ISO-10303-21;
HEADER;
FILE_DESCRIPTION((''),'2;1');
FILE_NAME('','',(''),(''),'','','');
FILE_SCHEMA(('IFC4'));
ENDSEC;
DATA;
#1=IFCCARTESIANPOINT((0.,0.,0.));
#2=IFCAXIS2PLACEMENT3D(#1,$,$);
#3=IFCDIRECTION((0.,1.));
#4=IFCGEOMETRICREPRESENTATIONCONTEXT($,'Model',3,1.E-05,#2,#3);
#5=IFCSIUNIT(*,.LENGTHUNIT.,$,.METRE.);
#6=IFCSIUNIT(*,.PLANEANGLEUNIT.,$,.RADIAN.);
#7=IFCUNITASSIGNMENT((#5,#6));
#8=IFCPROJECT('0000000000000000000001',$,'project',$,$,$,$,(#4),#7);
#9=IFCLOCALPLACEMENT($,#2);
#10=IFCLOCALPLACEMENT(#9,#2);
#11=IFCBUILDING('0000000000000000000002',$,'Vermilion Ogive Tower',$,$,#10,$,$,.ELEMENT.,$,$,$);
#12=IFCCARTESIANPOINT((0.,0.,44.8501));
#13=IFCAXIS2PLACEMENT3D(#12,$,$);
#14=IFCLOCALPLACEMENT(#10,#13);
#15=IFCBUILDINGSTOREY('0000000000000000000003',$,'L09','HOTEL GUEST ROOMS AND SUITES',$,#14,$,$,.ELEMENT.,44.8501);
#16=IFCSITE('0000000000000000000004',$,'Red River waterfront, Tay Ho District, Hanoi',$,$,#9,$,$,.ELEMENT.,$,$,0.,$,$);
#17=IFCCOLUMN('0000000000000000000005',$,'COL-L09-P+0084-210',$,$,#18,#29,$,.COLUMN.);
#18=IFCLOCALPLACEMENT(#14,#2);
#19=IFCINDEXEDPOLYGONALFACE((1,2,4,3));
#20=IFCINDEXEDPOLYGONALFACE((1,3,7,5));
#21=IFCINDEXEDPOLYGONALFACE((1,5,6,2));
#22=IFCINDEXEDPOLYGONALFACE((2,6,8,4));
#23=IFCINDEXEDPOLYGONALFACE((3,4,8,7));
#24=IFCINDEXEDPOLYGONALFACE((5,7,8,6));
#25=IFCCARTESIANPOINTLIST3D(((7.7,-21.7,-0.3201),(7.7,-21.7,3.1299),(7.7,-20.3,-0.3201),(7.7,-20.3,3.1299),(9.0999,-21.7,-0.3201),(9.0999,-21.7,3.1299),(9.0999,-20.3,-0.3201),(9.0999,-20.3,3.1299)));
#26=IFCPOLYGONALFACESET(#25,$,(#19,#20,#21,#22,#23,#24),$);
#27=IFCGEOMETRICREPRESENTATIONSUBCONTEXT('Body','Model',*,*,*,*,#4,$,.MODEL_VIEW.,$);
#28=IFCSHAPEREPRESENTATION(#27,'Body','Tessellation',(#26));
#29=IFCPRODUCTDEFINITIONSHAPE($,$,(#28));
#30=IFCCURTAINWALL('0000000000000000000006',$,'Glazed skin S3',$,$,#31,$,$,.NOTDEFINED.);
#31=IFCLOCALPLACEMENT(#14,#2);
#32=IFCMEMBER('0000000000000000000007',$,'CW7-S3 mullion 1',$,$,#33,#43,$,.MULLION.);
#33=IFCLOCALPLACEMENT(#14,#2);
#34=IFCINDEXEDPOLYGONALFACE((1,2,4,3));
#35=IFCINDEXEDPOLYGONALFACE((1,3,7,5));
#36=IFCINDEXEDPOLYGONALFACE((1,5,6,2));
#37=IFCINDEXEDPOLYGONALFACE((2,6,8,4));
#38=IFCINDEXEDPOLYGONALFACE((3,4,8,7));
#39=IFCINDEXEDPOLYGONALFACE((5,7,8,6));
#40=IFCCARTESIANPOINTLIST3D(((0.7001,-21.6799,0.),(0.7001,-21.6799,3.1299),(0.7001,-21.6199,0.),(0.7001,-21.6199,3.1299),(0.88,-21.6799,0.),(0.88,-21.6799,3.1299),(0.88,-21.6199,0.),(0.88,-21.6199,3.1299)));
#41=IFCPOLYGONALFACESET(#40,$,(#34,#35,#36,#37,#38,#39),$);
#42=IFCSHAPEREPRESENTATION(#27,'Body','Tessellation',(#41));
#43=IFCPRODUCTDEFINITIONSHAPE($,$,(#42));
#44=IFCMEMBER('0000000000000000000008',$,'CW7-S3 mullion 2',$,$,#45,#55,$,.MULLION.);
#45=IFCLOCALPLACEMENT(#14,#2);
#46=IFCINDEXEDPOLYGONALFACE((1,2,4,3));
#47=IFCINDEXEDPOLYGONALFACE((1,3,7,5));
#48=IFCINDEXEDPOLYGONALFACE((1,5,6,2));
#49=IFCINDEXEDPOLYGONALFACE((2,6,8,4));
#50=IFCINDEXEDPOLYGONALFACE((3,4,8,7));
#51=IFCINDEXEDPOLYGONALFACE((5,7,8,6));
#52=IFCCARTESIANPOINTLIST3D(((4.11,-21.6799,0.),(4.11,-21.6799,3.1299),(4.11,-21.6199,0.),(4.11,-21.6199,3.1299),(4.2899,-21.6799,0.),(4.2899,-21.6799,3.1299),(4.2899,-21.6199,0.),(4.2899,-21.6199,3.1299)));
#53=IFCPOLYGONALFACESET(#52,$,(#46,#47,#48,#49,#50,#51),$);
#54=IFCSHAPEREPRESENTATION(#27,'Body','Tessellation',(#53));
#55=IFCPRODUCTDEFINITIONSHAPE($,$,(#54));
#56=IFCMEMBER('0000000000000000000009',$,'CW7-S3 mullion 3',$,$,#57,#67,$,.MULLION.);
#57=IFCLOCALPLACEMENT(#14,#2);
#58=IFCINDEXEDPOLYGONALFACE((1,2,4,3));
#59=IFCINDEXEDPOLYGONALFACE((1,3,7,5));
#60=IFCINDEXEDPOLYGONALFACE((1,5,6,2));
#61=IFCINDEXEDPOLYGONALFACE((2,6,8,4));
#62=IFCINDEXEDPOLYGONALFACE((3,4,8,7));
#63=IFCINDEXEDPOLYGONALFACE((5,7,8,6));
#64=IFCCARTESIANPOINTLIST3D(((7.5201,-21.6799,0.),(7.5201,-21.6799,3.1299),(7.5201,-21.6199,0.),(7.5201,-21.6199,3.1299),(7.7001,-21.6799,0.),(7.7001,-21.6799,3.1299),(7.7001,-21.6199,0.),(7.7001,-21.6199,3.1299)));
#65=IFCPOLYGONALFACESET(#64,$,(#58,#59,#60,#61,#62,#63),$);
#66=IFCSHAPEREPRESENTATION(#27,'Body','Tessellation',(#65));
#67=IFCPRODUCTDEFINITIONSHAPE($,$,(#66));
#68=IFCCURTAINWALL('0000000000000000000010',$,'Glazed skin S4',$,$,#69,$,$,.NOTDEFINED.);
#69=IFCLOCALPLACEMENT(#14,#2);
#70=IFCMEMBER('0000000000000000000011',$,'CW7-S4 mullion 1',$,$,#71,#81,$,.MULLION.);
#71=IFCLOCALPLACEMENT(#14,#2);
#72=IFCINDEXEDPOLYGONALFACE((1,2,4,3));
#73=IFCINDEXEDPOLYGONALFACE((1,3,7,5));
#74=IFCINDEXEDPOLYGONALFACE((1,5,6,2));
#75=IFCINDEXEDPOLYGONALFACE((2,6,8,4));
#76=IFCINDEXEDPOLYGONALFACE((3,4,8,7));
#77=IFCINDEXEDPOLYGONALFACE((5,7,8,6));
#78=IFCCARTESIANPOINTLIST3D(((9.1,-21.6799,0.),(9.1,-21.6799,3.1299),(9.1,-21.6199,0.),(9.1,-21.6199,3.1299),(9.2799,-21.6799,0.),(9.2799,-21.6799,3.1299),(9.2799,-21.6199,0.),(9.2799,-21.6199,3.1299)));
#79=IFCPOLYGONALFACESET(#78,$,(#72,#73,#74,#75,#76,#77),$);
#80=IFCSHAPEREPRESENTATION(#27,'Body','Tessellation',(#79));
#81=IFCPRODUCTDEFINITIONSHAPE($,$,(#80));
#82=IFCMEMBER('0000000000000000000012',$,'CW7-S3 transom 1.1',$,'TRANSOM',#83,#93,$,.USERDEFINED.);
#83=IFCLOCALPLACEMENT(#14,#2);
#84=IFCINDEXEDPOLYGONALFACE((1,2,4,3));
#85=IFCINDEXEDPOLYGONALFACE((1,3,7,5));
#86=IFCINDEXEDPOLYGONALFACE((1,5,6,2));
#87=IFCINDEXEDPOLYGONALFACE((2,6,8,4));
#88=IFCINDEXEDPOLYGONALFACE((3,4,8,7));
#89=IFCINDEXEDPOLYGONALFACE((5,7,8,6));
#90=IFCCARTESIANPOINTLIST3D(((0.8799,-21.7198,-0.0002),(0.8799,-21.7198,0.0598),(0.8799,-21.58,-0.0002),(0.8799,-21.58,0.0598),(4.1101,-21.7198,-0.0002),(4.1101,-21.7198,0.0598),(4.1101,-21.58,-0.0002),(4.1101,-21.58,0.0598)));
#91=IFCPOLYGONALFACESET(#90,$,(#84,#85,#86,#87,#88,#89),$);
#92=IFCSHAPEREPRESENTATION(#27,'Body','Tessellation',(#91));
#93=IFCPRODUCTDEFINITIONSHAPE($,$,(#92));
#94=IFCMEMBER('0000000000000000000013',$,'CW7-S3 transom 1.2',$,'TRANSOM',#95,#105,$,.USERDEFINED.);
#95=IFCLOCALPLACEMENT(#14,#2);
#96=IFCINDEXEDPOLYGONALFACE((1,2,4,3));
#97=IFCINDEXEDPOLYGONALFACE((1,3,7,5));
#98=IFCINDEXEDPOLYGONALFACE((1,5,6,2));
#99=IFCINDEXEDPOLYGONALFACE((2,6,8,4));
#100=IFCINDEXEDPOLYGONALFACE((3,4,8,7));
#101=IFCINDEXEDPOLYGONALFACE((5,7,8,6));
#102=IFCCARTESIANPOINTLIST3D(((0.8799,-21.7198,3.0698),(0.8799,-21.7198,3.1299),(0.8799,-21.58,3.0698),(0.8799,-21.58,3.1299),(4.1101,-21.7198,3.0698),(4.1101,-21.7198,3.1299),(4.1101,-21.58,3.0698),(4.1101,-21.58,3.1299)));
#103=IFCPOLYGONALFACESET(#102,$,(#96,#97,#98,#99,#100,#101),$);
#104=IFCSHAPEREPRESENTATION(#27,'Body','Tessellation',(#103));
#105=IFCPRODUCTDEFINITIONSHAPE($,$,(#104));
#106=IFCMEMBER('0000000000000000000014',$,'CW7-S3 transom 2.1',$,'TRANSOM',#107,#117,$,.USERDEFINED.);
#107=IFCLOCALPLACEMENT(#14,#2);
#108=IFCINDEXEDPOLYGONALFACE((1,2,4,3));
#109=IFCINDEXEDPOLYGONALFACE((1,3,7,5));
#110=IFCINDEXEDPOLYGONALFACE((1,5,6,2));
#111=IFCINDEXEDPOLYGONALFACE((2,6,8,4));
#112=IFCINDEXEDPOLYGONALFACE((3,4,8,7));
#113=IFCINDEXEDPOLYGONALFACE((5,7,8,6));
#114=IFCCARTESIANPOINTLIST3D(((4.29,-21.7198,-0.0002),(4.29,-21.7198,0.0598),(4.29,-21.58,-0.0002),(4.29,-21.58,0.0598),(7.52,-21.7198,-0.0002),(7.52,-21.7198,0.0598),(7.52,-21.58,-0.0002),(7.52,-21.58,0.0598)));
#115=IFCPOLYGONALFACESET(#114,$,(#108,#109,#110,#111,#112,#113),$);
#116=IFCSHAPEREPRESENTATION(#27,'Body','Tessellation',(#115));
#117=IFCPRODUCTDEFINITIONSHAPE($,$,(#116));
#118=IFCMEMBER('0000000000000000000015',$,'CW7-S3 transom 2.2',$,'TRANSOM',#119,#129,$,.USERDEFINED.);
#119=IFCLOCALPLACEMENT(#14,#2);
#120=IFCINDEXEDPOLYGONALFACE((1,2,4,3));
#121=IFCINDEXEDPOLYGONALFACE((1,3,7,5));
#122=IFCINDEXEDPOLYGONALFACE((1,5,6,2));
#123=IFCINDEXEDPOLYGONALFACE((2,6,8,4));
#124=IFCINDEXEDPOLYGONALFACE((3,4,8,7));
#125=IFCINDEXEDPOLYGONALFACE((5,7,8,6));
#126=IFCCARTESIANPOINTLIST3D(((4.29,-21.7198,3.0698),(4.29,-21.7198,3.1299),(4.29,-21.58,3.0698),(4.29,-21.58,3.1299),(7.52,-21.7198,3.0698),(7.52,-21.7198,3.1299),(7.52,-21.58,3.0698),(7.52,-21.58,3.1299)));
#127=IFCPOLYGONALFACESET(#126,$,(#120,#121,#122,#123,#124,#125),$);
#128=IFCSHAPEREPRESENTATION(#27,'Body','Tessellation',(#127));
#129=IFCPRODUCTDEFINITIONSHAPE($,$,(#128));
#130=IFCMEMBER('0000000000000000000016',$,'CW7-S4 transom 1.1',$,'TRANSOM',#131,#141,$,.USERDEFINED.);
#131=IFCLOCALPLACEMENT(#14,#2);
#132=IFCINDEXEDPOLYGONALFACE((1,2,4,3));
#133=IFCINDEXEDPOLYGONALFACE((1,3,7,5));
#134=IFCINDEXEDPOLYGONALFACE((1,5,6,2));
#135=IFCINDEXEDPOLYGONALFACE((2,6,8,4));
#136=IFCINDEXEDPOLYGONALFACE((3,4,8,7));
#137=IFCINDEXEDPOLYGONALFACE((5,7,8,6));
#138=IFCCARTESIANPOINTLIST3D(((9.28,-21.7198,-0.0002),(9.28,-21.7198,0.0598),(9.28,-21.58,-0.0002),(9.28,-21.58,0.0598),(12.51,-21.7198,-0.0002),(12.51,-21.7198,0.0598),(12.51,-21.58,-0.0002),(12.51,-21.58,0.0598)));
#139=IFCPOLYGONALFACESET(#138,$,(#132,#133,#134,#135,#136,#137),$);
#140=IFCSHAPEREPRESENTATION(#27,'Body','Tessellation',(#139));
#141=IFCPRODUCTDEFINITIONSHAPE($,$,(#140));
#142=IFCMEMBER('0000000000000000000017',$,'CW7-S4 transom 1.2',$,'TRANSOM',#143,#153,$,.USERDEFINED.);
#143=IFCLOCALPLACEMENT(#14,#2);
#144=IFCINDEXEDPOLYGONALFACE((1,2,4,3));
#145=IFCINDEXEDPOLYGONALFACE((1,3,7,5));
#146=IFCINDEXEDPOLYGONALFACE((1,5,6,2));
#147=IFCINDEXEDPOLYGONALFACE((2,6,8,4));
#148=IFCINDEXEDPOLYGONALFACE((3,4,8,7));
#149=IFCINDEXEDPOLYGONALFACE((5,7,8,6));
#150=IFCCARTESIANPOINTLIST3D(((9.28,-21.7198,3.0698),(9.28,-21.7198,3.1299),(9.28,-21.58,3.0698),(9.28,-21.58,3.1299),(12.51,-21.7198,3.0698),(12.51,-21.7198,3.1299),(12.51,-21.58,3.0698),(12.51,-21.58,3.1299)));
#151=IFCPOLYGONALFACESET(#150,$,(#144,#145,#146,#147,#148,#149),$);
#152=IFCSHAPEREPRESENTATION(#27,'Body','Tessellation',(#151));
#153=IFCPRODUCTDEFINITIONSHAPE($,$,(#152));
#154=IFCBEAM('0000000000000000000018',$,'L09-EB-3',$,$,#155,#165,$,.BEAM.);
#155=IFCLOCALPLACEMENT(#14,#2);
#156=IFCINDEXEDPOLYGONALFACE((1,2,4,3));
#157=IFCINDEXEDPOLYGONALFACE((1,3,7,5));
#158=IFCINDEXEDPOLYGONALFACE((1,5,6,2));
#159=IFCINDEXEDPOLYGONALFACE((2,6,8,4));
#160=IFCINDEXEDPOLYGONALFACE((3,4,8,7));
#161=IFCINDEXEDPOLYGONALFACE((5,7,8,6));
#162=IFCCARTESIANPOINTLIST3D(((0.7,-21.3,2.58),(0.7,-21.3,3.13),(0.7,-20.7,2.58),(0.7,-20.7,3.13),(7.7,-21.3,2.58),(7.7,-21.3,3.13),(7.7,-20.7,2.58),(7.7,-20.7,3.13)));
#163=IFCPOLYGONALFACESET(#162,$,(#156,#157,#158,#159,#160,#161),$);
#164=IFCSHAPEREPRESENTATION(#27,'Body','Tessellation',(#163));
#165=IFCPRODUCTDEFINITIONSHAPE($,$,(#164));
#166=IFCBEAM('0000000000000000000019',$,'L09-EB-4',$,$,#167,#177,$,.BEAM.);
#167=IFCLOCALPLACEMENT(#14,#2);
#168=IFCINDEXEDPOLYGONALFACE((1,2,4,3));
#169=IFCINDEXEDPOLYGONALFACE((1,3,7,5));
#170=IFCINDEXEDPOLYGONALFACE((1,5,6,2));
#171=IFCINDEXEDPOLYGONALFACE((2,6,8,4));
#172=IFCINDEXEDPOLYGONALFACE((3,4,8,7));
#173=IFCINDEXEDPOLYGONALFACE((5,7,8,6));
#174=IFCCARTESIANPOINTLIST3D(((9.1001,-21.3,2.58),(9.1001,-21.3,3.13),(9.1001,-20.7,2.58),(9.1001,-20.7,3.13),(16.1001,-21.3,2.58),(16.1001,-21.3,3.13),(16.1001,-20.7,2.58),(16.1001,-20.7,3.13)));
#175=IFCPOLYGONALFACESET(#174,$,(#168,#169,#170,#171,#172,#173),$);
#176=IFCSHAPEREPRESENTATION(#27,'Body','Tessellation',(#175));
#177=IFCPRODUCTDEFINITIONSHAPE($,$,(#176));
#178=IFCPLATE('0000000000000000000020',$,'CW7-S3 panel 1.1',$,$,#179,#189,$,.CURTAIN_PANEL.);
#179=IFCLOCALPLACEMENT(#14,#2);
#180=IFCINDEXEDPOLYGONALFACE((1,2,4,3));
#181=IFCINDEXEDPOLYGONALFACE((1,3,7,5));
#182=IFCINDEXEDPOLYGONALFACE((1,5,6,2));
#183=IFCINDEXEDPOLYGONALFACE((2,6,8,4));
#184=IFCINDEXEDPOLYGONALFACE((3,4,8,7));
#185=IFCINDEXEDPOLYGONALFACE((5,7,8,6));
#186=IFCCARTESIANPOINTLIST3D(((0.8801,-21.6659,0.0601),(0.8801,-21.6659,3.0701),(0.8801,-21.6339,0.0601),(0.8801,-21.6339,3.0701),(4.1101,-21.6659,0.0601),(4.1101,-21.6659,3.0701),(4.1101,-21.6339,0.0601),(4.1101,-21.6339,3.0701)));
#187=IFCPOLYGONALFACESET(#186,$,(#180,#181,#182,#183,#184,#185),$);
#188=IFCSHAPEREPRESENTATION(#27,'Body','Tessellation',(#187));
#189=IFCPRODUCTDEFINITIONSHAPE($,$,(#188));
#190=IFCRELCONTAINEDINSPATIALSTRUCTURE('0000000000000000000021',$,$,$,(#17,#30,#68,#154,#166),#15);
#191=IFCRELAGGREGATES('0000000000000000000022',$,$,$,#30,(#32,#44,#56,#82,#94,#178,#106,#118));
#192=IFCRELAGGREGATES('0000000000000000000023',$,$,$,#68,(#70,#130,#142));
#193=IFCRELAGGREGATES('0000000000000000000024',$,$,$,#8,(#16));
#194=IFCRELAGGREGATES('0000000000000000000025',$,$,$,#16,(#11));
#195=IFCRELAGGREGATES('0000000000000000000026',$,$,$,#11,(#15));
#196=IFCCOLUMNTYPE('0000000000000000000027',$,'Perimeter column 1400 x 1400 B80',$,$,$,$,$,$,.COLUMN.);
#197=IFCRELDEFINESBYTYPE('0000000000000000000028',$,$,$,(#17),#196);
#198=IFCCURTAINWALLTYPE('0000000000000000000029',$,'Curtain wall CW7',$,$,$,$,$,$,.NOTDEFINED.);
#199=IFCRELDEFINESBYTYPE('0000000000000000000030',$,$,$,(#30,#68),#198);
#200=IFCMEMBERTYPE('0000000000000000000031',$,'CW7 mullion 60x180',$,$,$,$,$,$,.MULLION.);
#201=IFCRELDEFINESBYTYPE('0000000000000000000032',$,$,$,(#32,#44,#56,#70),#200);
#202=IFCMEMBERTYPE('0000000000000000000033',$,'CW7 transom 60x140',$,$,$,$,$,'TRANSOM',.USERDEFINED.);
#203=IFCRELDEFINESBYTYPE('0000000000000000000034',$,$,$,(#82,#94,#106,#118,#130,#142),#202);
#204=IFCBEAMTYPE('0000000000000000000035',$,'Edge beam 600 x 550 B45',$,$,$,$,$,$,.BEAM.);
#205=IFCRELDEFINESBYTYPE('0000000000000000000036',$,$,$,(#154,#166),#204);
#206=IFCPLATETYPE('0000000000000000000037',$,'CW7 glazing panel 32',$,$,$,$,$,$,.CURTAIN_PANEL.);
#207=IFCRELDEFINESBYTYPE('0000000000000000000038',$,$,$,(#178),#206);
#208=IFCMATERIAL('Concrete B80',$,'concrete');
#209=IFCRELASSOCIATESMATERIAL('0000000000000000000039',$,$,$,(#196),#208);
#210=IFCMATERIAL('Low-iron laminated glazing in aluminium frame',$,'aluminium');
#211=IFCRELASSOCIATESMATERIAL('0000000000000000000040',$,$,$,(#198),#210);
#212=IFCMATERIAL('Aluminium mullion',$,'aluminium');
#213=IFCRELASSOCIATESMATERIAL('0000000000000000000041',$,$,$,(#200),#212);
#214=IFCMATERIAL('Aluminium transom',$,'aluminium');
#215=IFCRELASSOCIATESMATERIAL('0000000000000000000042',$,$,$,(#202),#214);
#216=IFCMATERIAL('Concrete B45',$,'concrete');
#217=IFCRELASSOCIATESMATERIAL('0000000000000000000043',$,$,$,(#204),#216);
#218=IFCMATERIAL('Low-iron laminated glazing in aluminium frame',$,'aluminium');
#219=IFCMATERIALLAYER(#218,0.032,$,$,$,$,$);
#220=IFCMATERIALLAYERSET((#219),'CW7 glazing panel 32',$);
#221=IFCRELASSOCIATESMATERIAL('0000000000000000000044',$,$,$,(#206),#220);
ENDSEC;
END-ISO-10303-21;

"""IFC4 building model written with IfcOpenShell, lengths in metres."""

from ifc_helpers import new_model, si_unit, direction, frame, origin, origin_2d, place, context, subcontext, project, spatial, rectangle, extrude, material, layer, layer_set, material_profile, profile_set, type_object, element, aggregate, save


model = new_model("IFC4")

# Units and contexts
model_context = context("Model", 3, precision=1e-05, world=origin(), true_north=direction((0.0, 1.0)))
body_context = subcontext(model_context, "Body", "Model", "MODEL_VIEW")
ifc_project = project(units=[si_unit("LENGTHUNIT", "METRE"), si_unit("PLANEANGLEUNIT", "RADIAN")], contexts=[model_context])

# Site, building, storey
site_placement = place(None, origin())
site = spatial("IfcSite", under=ifc_project, at=site_placement, Name="Red River waterfront, Tay Ho District, Hanoi", CompositionType="ELEMENT", RefElevation=0.0)
building_placement = place(site_placement, origin())
building = spatial("IfcBuilding", under=site, at=building_placement, Name="Vermilion Ogive Tower", CompositionType="ELEMENT")
storey_placement = place(building_placement, frame((0.0, 0.0, 44.8501)))
storey = spatial("IfcBuildingStorey", under=building, at=storey_placement, Name="L09", Description="HOTEL GUEST ROOMS AND SUITES", CompositionType="ELEMENT", Elevation=44.8501)

# Column
ifc_material_1 = material(Name="Concrete B80", Category="concrete")
ifc_material_profile_1 = material_profile(ifc_material_1, rectangle(XDim=1.3999, YDim=1.3999, at=origin_2d()), Name="1400 x 1400")
ifc_profile_set_1 = profile_set([ifc_material_profile_1], Name="Concrete B80")
column_type = type_object("IfcColumnType", Name="Perimeter column 1400 x 1400 B80", PredefinedType="COLUMN", material=ifc_profile_set_1)
column_placement = place(storey_placement, frame((8.3999, -21.0, -0.3201), z_axis=(0.0, 0.0, 1.0), x_axis=(1.0, 0.0, 0.0)))
element("IfcColumn", 1, at=column_placement, inside=storey, type_object=column_type, Name="COL-L09-P+0084-210", PredefinedType="COLUMN", context=body_context, shape_type="SweptSolid", body=[
    extrude(rectangle(XDim=1.3999, YDim=1.3999, at=origin_2d()), origin(), (0.0, 0.0, 1.0), 3.45),
])

# Curtain wall, members
ifc_material_2 = material(Name="Low-iron laminated glazing in aluminium frame", Category="aluminium")
curtain_wall_type = type_object("IfcCurtainWallType", Name="Curtain wall CW7", PredefinedType="NOTDEFINED", material=ifc_material_2)
curtain_wall_1_placement = place(storey_placement, origin())
curtain_wall_1 = element("IfcCurtainWall", 2, at=curtain_wall_1_placement, inside=storey, type_object=curtain_wall_type, Name="Glazed skin S3", PredefinedType="NOTDEFINED")
ifc_material_3 = material(Name="Aluminium mullion", Category="aluminium")
ifc_material_profile_2 = material_profile(ifc_material_3, rectangle(XDim=0.0601, YDim=0.1799, at=origin_2d()), Name="AL 60x180")
ifc_profile_set_2 = profile_set([ifc_material_profile_2], Name="Aluminium mullion")
member_type_1 = type_object("IfcMemberType", Name="CW7 mullion 60x180", PredefinedType="MULLION", material=ifc_profile_set_2)
member_1_placement = place(storey_placement, frame((0.79, -21.6499, 0.0), z_axis=(0.0, 0.0, 1.0), x_axis=(0.0, 1.0, 0.0)))
member_1 = element("IfcMember", 3, at=member_1_placement, type_object=member_type_1, Name="CW7-S3 mullion 1", PredefinedType="MULLION", context=body_context, shape_type="SweptSolid", body=[
    extrude(rectangle(XDim=0.0601, YDim=0.1799, at=origin_2d()), origin(), (0.0, 0.0, 1.0), 3.1299),
])
member_2_placement = place(storey_placement, frame((4.2, -21.6499, 0.0), z_axis=(0.0, 0.0, 1.0), x_axis=(0.0, 1.0, 0.0)))
member_2 = element("IfcMember", 4, at=member_2_placement, type_object=member_type_1, Name="CW7-S3 mullion 2", PredefinedType="MULLION", context=body_context, shape_type="SweptSolid", body=[
    extrude(rectangle(XDim=0.0601, YDim=0.1799, at=origin_2d()), origin(), (0.0, 0.0, 1.0), 3.1299),
])
member_3_placement = place(storey_placement, frame((7.6101, -21.6499, 0.0), z_axis=(0.0, 0.0, 1.0), x_axis=(0.0, 1.0, 0.0)))
member_3 = element("IfcMember", 5, at=member_3_placement, type_object=member_type_1, Name="CW7-S3 mullion 3", PredefinedType="MULLION", context=body_context, shape_type="SweptSolid", body=[
    extrude(rectangle(XDim=0.0601, YDim=0.1799, at=origin_2d()), origin(), (0.0, 0.0, 1.0), 3.1299),
])

# Curtain wall, member
curtain_wall_2_placement = place(storey_placement, origin())
curtain_wall_2 = element("IfcCurtainWall", 6, at=curtain_wall_2_placement, inside=storey, type_object=curtain_wall_type, Name="Glazed skin S4", PredefinedType="NOTDEFINED")
member_4_placement = place(storey_placement, frame((9.1899, -21.6499, 0.0), z_axis=(0.0, 0.0, 1.0), x_axis=(0.0, 1.0, 0.0)))
member_4 = element("IfcMember", 7, at=member_4_placement, type_object=member_type_1, Name="CW7-S4 mullion 1", PredefinedType="MULLION", context=body_context, shape_type="SweptSolid", body=[
    extrude(rectangle(XDim=0.0601, YDim=0.1799, at=origin_2d()), origin(), (0.0, 0.0, 1.0), 3.1299),
])

# Members
ifc_material_4 = material(Name="Aluminium transom", Category="aluminium")
ifc_material_profile_3 = material_profile(ifc_material_4, rectangle(XDim=0.1399, YDim=0.0601, at=origin_2d()), Name="AL 60x140")
ifc_profile_set_3 = profile_set([ifc_material_profile_3], Name="Aluminium transom")
member_type_2 = type_object("IfcMemberType", Name="CW7 transom 60x140", ElementType="TRANSOM", PredefinedType="USERDEFINED", material=ifc_profile_set_3)
member_5_placement = place(storey_placement, frame((0.8799, -21.6499, 0.0298), z_axis=(1.0, 0.0, 0.0), x_axis=(0.0, 1.0, 0.0)))
member_5 = element("IfcMember", 8, at=member_5_placement, type_object=member_type_2, Name="CW7-S3 transom 1.1", ObjectType="TRANSOM", PredefinedType="USERDEFINED", context=body_context, shape_type="SweptSolid", body=[
    extrude(rectangle(XDim=0.1399, YDim=0.0601, at=origin_2d()), origin(), (0.0, 0.0, 1.0), 3.2302),
])
member_6_placement = place(storey_placement, frame((0.8799, -21.6499, 3.0999), z_axis=(1.0, 0.0, 0.0), x_axis=(0.0, 1.0, 0.0)))
member_6 = element("IfcMember", 9, at=member_6_placement, type_object=member_type_2, Name="CW7-S3 transom 1.2", ObjectType="TRANSOM", PredefinedType="USERDEFINED", context=body_context, shape_type="SweptSolid", body=[
    extrude(rectangle(XDim=0.1399, YDim=0.0601, at=origin_2d()), origin(), (0.0, 0.0, 1.0), 3.2302),
])
member_7_placement = place(storey_placement, frame((4.29, -21.6499, 0.0298), z_axis=(1.0, 0.0, 0.0), x_axis=(0.0, 1.0, 0.0)))
member_7 = element("IfcMember", 10, at=member_7_placement, type_object=member_type_2, Name="CW7-S3 transom 2.1", ObjectType="TRANSOM", PredefinedType="USERDEFINED", context=body_context, shape_type="SweptSolid", body=[
    extrude(rectangle(XDim=0.1399, YDim=0.0601, at=origin_2d()), origin(), (0.0, 0.0, 1.0), 3.23),
])
member_8_placement = place(storey_placement, frame((4.29, -21.6499, 3.0999), z_axis=(1.0, 0.0, 0.0), x_axis=(0.0, 1.0, 0.0)))
member_8 = element("IfcMember", 11, at=member_8_placement, type_object=member_type_2, Name="CW7-S3 transom 2.2", ObjectType="TRANSOM", PredefinedType="USERDEFINED", context=body_context, shape_type="SweptSolid", body=[
    extrude(rectangle(XDim=0.1399, YDim=0.0601, at=origin_2d()), origin(), (0.0, 0.0, 1.0), 3.23),
])
member_9_placement = place(storey_placement, frame((9.28, -21.6499, 0.0298), z_axis=(1.0, 0.0, 0.0), x_axis=(0.0, 1.0, 0.0)))
member_9 = element("IfcMember", 12, at=member_9_placement, type_object=member_type_2, Name="CW7-S4 transom 1.1", ObjectType="TRANSOM", PredefinedType="USERDEFINED", context=body_context, shape_type="SweptSolid", body=[
    extrude(rectangle(XDim=0.1399, YDim=0.0601, at=origin_2d()), origin(), (0.0, 0.0, 1.0), 3.23),
])
member_10_placement = place(storey_placement, frame((9.28, -21.6499, 3.0999), z_axis=(1.0, 0.0, 0.0), x_axis=(0.0, 1.0, 0.0)))
member_10 = element("IfcMember", 13, at=member_10_placement, type_object=member_type_2, Name="CW7-S4 transom 1.2", ObjectType="TRANSOM", PredefinedType="USERDEFINED", context=body_context, shape_type="SweptSolid", body=[
    extrude(rectangle(XDim=0.1399, YDim=0.0601, at=origin_2d()), origin(), (0.0, 0.0, 1.0), 3.23),
])

# Beams
ifc_material_5 = material(Name="Concrete B45", Category="concrete")
ifc_material_profile_4 = material_profile(ifc_material_5, rectangle(XDim=0.6001, YDim=0.55, at=origin_2d()), Name="600 x 550")
ifc_profile_set_4 = profile_set([ifc_material_profile_4], Name="Concrete B45")
beam_type = type_object("IfcBeamType", Name="Edge beam 600 x 550 B45", PredefinedType="BEAM", material=ifc_profile_set_4)
for number, where, z_axis, x_axis, name in (
    (14, (0.7, -21.0, 2.855), (1.0, 0.0, 0.0), (0.0, 1.0, 0.0), "L09-EB-3"),
    (15, (9.1001, -21.0, 2.855), (1.0, 0.0, 0.0), (0.0, 1.0, 0.0), "L09-EB-4"),
):
    element("IfcBeam", number, at=place(storey_placement, frame(where, z_axis=z_axis, x_axis=x_axis)), inside=storey, type_object=beam_type, Name=name, PredefinedType="BEAM", context=body_context, shape_type="SweptSolid", body=[
        extrude(rectangle(XDim=0.6001, YDim=0.55, at=origin_2d()), origin(), (0.0, 0.0, 1.0), 7.0),
    ])

# Plate
ifc_material_6 = material(Name="Low-iron laminated glazing in aluminium frame", Category="aluminium")
ifc_layer_1 = layer(ifc_material_6, 0.032)
ifc_layer_set_1 = layer_set([ifc_layer_1], Name="CW7 glazing panel 32")
plate_type = type_object("IfcPlateType", Name="CW7 glazing panel 32", PredefinedType="CURTAIN_PANEL", material=ifc_layer_set_1)
plate_1_placement = place(storey_placement, frame((2.4951, -21.6499, 0.0601), z_axis=(0.0, 0.0, 1.0), x_axis=(1.0, 0.0, 0.0)))
plate_1 = element("IfcPlate", 16, at=plate_1_placement, type_object=plate_type, Name="CW7-S3 panel 1.1", PredefinedType="CURTAIN_PANEL", context=body_context, shape_type="SweptSolid", body=[
    extrude(rectangle(XDim=3.23, YDim=0.032, at=origin_2d()), origin(), (0.0, 0.0, 1.0), 3.01),
])
aggregate(curtain_wall_1, [member_1, member_2, member_3, member_5, member_6, plate_1, member_7, member_8])
aggregate(curtain_wall_2, [member_4, member_9, member_10])

save(model, "model.ifc")
